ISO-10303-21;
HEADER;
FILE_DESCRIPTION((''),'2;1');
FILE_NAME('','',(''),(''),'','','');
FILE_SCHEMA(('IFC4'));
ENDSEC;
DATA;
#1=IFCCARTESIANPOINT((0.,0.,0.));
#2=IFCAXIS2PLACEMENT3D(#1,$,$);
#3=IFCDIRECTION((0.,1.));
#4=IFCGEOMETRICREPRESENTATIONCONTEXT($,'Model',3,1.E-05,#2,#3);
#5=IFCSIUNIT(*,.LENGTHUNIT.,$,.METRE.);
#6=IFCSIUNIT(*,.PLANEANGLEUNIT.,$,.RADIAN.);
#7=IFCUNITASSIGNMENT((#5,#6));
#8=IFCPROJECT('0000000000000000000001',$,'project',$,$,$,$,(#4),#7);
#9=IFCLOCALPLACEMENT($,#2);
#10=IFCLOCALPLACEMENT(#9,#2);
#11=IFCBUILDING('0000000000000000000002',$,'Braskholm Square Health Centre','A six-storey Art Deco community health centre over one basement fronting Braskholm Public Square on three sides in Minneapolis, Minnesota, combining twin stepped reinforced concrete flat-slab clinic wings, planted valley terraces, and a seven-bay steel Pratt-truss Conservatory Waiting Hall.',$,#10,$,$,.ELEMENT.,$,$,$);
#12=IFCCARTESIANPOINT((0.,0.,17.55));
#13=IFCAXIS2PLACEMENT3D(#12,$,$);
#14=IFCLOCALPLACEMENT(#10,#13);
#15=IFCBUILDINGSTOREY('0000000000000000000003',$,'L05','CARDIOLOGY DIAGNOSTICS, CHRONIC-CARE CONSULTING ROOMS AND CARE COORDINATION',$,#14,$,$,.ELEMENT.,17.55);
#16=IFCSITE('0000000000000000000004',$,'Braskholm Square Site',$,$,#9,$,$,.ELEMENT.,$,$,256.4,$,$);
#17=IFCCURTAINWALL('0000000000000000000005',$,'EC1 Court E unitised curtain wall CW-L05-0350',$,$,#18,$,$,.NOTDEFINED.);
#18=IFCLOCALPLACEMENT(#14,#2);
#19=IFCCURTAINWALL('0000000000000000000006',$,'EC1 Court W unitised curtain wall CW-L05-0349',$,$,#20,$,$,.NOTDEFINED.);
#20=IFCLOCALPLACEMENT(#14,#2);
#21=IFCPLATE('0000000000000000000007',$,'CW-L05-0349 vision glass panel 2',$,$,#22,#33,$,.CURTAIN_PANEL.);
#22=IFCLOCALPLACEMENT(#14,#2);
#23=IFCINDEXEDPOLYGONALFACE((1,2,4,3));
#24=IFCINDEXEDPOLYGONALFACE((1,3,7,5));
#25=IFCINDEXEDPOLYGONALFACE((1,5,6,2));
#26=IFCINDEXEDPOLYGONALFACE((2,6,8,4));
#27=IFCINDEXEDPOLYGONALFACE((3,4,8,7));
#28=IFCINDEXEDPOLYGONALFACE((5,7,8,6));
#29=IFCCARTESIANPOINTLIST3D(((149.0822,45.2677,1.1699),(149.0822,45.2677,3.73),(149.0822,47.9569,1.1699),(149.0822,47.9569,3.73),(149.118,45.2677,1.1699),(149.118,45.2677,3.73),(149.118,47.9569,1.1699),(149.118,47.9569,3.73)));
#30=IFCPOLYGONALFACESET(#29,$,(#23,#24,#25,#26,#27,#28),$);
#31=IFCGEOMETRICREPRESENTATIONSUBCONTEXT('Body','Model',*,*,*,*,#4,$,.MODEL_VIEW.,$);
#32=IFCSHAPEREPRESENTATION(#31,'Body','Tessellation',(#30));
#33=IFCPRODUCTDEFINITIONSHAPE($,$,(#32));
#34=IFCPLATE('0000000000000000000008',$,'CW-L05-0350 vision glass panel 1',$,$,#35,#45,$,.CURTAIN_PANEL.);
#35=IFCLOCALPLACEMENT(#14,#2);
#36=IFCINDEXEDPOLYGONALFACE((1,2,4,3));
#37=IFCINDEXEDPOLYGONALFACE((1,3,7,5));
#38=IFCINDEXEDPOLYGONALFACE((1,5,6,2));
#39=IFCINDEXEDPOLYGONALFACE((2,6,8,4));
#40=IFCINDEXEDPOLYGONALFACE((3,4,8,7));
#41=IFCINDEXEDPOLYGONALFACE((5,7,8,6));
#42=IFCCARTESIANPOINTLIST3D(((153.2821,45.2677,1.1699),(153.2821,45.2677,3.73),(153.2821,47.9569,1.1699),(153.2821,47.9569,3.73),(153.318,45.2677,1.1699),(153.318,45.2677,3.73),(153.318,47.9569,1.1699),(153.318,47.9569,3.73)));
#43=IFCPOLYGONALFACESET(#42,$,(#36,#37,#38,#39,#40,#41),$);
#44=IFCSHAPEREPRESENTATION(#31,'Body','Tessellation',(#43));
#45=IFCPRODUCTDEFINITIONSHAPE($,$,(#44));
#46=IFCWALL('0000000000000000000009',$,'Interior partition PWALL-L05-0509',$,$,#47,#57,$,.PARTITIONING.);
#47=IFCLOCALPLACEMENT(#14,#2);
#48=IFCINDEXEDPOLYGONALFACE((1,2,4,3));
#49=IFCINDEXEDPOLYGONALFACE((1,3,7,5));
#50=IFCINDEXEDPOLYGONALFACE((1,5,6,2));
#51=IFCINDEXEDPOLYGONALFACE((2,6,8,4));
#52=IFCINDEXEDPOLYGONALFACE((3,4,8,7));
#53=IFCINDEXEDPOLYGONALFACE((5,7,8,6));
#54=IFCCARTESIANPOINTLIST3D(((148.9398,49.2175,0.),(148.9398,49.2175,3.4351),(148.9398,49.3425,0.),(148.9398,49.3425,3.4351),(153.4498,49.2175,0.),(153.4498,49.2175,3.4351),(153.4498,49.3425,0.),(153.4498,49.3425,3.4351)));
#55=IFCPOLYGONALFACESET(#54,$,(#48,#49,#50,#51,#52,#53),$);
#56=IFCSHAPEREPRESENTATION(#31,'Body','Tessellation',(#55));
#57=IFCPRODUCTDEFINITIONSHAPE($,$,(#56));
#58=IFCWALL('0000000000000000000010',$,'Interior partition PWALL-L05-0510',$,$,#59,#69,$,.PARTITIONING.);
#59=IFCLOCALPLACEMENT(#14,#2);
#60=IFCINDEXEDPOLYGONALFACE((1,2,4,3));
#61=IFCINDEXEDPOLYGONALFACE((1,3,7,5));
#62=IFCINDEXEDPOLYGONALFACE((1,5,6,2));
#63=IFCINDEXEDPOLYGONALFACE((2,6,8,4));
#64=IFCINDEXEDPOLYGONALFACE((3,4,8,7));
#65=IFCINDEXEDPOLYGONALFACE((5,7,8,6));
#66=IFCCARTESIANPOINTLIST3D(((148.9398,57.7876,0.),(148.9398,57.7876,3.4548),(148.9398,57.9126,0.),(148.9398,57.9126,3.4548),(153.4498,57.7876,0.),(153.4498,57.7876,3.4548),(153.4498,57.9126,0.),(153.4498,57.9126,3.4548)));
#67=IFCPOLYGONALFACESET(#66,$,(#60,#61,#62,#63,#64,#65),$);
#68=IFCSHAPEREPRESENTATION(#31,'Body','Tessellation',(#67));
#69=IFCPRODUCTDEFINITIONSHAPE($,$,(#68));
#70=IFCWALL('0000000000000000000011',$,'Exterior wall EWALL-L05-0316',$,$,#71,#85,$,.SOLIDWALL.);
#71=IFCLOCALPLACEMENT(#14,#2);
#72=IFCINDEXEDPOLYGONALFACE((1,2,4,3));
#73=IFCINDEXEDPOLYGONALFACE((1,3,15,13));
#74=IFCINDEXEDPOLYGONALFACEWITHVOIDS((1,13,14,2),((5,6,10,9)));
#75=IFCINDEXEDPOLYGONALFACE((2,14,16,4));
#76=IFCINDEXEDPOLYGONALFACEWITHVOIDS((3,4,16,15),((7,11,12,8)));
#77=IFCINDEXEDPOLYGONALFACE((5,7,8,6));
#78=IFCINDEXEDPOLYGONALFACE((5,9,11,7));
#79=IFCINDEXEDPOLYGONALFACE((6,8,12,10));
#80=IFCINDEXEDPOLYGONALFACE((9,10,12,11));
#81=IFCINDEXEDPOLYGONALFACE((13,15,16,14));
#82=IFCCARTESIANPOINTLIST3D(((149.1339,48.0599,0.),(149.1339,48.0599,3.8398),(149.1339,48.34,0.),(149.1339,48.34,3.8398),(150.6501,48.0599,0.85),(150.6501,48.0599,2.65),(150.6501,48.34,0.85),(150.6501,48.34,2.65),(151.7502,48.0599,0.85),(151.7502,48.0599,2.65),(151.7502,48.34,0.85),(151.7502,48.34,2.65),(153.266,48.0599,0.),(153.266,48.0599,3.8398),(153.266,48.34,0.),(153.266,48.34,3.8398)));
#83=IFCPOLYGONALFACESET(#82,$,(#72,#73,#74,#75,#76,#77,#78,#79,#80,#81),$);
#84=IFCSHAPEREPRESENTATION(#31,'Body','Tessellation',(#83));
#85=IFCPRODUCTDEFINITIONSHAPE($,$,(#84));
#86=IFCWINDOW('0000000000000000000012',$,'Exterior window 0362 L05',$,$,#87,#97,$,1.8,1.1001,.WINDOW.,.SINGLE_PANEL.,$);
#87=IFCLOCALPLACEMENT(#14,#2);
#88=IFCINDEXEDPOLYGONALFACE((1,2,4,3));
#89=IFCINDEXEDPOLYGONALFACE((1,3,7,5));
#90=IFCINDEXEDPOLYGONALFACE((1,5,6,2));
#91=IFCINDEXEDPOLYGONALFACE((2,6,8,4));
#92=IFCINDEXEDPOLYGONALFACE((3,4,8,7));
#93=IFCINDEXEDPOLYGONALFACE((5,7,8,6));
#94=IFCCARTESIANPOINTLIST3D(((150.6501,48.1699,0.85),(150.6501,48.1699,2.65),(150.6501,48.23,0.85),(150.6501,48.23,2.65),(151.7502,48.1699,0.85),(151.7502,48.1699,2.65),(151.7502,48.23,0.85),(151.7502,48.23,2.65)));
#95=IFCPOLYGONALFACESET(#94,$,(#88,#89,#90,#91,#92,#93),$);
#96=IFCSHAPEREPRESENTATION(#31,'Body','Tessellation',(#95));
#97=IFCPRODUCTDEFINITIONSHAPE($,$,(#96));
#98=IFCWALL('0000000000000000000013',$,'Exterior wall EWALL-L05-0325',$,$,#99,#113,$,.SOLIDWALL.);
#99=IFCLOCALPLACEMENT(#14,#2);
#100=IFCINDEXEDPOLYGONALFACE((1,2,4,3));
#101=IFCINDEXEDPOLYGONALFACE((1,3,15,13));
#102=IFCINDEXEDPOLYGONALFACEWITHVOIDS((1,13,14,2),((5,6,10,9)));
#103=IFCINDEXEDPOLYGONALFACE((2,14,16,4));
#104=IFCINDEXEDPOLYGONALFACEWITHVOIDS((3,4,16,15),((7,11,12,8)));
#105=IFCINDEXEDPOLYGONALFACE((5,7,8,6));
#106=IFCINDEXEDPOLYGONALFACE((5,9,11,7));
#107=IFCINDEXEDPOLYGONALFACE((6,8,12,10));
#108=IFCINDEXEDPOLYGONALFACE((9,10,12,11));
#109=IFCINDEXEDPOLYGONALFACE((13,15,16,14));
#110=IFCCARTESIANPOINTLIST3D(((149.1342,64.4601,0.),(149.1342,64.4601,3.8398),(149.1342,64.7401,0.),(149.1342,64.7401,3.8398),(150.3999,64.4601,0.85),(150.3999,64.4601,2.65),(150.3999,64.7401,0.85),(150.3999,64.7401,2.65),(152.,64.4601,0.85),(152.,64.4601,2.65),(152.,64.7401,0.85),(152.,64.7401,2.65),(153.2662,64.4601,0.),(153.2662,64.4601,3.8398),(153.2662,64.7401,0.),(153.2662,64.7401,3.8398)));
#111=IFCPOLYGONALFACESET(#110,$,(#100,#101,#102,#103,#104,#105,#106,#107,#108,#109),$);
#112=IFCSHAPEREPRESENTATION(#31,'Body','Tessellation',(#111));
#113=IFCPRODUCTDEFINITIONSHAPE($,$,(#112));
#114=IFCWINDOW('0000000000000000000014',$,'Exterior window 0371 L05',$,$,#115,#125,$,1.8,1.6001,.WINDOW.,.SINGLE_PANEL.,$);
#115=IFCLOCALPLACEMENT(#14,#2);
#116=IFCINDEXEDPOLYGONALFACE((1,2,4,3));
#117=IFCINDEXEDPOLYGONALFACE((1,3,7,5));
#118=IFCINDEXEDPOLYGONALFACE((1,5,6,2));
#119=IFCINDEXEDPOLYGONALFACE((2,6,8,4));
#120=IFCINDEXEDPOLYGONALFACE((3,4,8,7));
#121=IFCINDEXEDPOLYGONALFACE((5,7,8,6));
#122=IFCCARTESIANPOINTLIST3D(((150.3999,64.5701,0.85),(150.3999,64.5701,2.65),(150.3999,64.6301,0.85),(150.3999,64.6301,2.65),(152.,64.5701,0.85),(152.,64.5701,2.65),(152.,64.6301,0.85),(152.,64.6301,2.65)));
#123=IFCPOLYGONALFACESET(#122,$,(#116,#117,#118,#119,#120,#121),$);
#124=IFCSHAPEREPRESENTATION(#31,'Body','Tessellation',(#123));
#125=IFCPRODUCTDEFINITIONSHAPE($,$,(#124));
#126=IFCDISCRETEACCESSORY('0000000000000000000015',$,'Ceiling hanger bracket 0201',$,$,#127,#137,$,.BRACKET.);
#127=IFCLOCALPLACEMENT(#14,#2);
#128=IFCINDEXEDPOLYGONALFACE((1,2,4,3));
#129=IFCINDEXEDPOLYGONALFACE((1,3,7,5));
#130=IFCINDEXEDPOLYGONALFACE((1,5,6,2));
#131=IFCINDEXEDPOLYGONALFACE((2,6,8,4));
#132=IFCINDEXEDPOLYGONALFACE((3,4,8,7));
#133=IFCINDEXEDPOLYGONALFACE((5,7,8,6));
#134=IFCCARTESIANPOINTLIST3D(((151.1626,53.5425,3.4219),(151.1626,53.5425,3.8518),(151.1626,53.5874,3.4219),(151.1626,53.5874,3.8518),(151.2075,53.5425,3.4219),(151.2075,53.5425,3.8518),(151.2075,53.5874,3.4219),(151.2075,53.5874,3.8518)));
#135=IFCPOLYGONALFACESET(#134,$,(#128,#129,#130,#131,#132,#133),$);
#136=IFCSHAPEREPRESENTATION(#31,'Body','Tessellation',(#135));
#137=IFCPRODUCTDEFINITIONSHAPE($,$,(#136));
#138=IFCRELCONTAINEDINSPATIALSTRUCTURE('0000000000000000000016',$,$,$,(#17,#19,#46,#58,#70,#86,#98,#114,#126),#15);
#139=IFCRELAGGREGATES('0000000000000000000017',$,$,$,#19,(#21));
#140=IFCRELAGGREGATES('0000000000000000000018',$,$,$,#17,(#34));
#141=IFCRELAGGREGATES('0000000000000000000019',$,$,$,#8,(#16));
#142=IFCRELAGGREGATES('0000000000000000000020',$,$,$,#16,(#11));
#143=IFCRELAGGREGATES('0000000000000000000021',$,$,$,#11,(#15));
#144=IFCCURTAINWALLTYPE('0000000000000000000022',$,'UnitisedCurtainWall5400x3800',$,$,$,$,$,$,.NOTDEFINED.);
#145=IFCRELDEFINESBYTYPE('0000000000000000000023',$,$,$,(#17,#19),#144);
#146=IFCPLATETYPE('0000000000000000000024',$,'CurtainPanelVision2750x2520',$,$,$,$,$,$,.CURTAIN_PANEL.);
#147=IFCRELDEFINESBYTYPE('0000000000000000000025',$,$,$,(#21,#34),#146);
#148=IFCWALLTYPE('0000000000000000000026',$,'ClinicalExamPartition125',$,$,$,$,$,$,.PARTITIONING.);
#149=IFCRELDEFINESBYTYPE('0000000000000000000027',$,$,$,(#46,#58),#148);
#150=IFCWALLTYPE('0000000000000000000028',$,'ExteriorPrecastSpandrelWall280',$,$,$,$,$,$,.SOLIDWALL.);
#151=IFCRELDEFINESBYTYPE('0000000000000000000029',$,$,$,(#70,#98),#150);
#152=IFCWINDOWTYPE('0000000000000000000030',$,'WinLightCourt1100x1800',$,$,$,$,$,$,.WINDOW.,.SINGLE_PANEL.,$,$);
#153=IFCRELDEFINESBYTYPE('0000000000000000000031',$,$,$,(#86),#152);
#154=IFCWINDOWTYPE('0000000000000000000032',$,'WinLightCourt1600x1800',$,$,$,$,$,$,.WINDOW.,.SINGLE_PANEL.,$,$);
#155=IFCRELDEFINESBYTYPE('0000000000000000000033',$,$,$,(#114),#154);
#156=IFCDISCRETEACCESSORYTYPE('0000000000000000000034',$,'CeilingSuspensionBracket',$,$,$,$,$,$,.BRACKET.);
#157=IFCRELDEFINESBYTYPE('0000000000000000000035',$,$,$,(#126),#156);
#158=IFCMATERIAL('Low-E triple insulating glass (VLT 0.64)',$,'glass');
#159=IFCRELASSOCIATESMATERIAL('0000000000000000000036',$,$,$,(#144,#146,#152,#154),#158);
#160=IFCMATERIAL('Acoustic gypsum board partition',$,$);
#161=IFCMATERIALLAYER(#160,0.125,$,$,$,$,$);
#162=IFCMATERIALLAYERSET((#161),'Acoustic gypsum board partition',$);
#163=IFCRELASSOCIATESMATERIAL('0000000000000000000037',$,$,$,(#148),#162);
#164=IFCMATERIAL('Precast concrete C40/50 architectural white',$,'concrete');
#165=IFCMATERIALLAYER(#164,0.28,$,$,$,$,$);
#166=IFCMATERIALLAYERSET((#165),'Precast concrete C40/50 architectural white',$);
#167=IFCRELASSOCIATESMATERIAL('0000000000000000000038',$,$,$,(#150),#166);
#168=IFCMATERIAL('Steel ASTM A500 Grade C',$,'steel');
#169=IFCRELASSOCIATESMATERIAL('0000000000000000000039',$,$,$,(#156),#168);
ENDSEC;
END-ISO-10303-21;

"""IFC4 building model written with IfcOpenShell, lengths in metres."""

from ifc_helpers import new_model, si_unit, direction, frame, frame_2d, origin, origin_with_axes, origin_2d, place, context, subcontext, project, spatial, rectangle, extrude, material, layer, layer_set, type_object, element, fill, aggregate, save


model = new_model("IFC4")

# Units and contexts
model_context = context("Model", 3, precision=1e-05, world=origin(), true_north=direction((0.0, 1.0)))
body_context = subcontext(model_context, "Body", "Model", "MODEL_VIEW")
ifc_project = project(units=[si_unit("LENGTHUNIT", "METRE"), si_unit("PLANEANGLEUNIT", "RADIAN")], contexts=[model_context])

# Site, building, storey
site_placement = place(None, origin())
site = spatial("IfcSite", under=ifc_project, at=site_placement, Name="Braskholm Square Site", CompositionType="ELEMENT", RefElevation=256.4)
building_placement = place(site_placement, origin())
building = spatial("IfcBuilding", under=site, at=building_placement, Name="Braskholm Square Health Centre", Description="A six-storey Art Deco community health centre over one basement fronting Braskholm Public Square on three sides in Minneapolis, Minnesota, combining twin stepped reinforced concrete flat-slab clinic wings, planted valley terraces, and a seven-bay steel Pratt-truss Conservatory Waiting Hall.", CompositionType="ELEMENT")
storey_placement = place(building_placement, frame((0.0, 0.0, 17.55)))
storey = spatial("IfcBuildingStorey", under=building, at=storey_placement, Name="L05", Description="CARDIOLOGY DIAGNOSTICS, CHRONIC-CARE CONSULTING ROOMS AND CARE COORDINATION", CompositionType="ELEMENT", Elevation=17.55)

# Curtain wall
ifc_material_1 = material(Name="Low-E triple insulating glass (VLT 0.64)", Category="glass")
curtain_wall_type_1 = type_object("IfcCurtainWallType", Name="UnitisedCurtainWall5400x3800", PredefinedType="NOTDEFINED", material=ifc_material_1)
curtain_wall_1_placement = place(storey_placement, origin())
curtain_wall_1 = element("IfcCurtainWall", 1, at=curtain_wall_1_placement, inside=storey, type_object=curtain_wall_type_1, Name="EC1 Court E unitised curtain wall CW-L05-0350", PredefinedType="NOTDEFINED")

# Curtain wall
curtain_wall_2_placement = place(storey_placement, origin())
curtain_wall_2 = element("IfcCurtainWall", 2, at=curtain_wall_2_placement, inside=storey, type_object=curtain_wall_type_1, Name="EC1 Court W unitised curtain wall CW-L05-0349", PredefinedType="NOTDEFINED")

# Plates
plate_type_1 = type_object("IfcPlateType", Name="CurtainPanelVision2750x2520", PredefinedType="CURTAIN_PANEL", material=ifc_material_1)
plate_1_placement = place(storey_placement, frame((149.1001, 46.6123, 1.1699), z_axis=(0.0, 0.0, 1.0), x_axis=(0.0, 1.0, 0.0)))
plate_1 = element("IfcPlate", 3, at=plate_1_placement, type_object=plate_type_1, Name="CW-L05-0349 vision glass panel 2", PredefinedType="CURTAIN_PANEL", context=body_context, shape_type="SweptSolid", body=[
    extrude(rectangle(XDim=2.6892, YDim=0.0359, at=origin_2d()), origin(), (0.0, 0.0, 1.0), 2.5601),
])
aggregate(curtain_wall_2, [plate_1])
plate_2_placement = place(storey_placement, frame((153.3, 46.6123, 1.1699), z_axis=(0.0, 0.0, 1.0), x_axis=(0.0, -1.0, 0.0)))
plate_2 = element("IfcPlate", 4, at=plate_2_placement, type_object=plate_type_1, Name="CW-L05-0350 vision glass panel 1", PredefinedType="CURTAIN_PANEL", context=body_context, shape_type="SweptSolid", body=[
    extrude(rectangle(XDim=2.6892, YDim=0.0359, at=origin_2d()), origin(), (0.0, 0.0, 1.0), 2.5601),
])
aggregate(curtain_wall_1, [plate_2])

# Walls
ifc_material_2 = material(Name="Acoustic gypsum board partition")
ifc_layer_1 = layer(ifc_material_2, 0.125)
ifc_layer_set_1 = layer_set([ifc_layer_1], Name="Acoustic gypsum board partition")
wall_type_1 = type_object("IfcWallType", Name="ClinicalExamPartition125", PredefinedType="PARTITIONING", material=ifc_layer_set_1)
wall_1_placement = place(storey_placement, frame((148.9399, 49.28, 0.0), z_axis=(0.0, 0.0, 1.0), x_axis=(1.0, 0.0, 0.0)))
element("IfcWall", 5, at=wall_1_placement, inside=storey, type_object=wall_type_1, Name="Interior partition PWALL-L05-0509", PredefinedType="PARTITIONING", context=body_context, shape_type="SweptSolid", body=[
    extrude(rectangle(XDim=4.51, YDim=0.125, at=frame_2d((2.2549, 0.0))), origin(), (0.0, 0.0, 1.0), 3.4351),
])
wall_2_placement = place(storey_placement, frame((148.9399, 57.8501, 0.0), z_axis=(0.0, 0.0, 1.0), x_axis=(1.0, 0.0, 0.0)))
element("IfcWall", 6, at=wall_2_placement, inside=storey, type_object=wall_type_1, Name="Interior partition PWALL-L05-0510", PredefinedType="PARTITIONING", context=body_context, shape_type="SweptSolid", body=[
    extrude(rectangle(XDim=4.51, YDim=0.125, at=frame_2d((2.2549, 0.0))), origin(), (0.0, 0.0, 1.0), 3.4548),
])

# Walls, openings, windows
ifc_material_3 = material(Name="Precast concrete C40/50 architectural white", Category="concrete")
ifc_layer_2 = layer(ifc_material_3, 0.28)
ifc_layer_set_2 = layer_set([ifc_layer_2], Name="Precast concrete C40/50 architectural white")
wall_type_2 = type_object("IfcWallType", Name="ExteriorPrecastSpandrelWall280", PredefinedType="SOLIDWALL", material=ifc_layer_set_2)
wall_3_placement = place(storey_placement, frame((149.134, 48.2, 0.0), z_axis=(0.0, 0.0, 1.0), x_axis=(1.0, 0.0, 0.0)))
wall_3 = element("IfcWall", 7, at=wall_3_placement, inside=storey, type_object=wall_type_2, Name="Exterior wall EWALL-L05-0316", PredefinedType="SOLIDWALL", context=body_context, shape_type="SweptSolid", body=[
    extrude(rectangle(XDim=4.1321, YDim=0.28, at=frame_2d((2.0659, 0.0))), origin(), (0.0, 0.0, 1.0), 3.8398),
])
opening_1_placement = place(wall_3_placement, frame((1.5161, 0.0, 0.8501)))
opening_1 = element("IfcOpeningElement", 8, at=opening_1_placement, cuts=wall_3, PredefinedType="OPENING", context=body_context, shape_type="SweptSolid", body=[
    extrude(rectangle(XDim=1.1001, YDim=1.8, at=frame_2d((0.55, 0.8999))), frame((0.0, 0.1499, 0.0), z_axis=(0.0, -1.0, 0.0), x_axis=(1.0, 0.0, 0.0)), (0.0, 0.0, 1.0), 0.3),
])
window_type_1 = type_object("IfcWindowType", Name="WinLightCourt1100x1800", PartitioningType="SINGLE_PANEL", PredefinedType="WINDOW", material=ifc_material_1)
window_1_placement = place(opening_1_placement, origin_with_axes())
window_1 = element("IfcWindow", 9, at=window_1_placement, inside=storey, type_object=window_type_1, Name="Exterior window 0362 L05", OverallHeight=1.8, OverallWidth=1.1001, PartitioningType="SINGLE_PANEL", PredefinedType="WINDOW", context=body_context, shape_type="SweptSolid", body=[
    extrude(rectangle(XDim=1.1001, YDim=1.8, at=frame_2d((0.55, 0.8999))), frame((0.0, 0.03, 0.0), z_axis=(0.0, -1.0, 0.0), x_axis=(1.0, 0.0, 0.0)), (0.0, 0.0, 1.0), 0.0601),
])
fill(opening_1, window_1)
wall_4_placement = place(storey_placement, frame((153.2661, 64.6001, 0.0), z_axis=(0.0, 0.0, 1.0), x_axis=(-1.0, 0.0, 0.0)))
wall_4 = element("IfcWall", 10, at=wall_4_placement, inside=storey, type_object=wall_type_2, Name="Exterior wall EWALL-L05-0325", PredefinedType="SOLIDWALL", context=body_context, shape_type="SweptSolid", body=[
    extrude(rectangle(XDim=4.1321, YDim=0.28, at=frame_2d((2.0659, 0.0))), origin(), (0.0, 0.0, 1.0), 3.8398),
])
opening_2_placement = place(wall_4_placement, frame((1.2661, 0.0, 0.8501)))
opening_2 = element("IfcOpeningElement", 11, at=opening_2_placement, cuts=wall_4, PredefinedType="OPENING", context=body_context, shape_type="SweptSolid", body=[
    extrude(rectangle(XDim=1.6001, YDim=1.8, at=frame_2d((0.8, 0.8999))), frame((0.0, 0.1499, 0.0), z_axis=(0.0, -1.0, 0.0), x_axis=(1.0, 0.0, 0.0)), (0.0, 0.0, 1.0), 0.3),
])
window_type_2 = type_object("IfcWindowType", Name="WinLightCourt1600x1800", PartitioningType="SINGLE_PANEL", PredefinedType="WINDOW", material=ifc_material_1)
window_2_placement = place(opening_2_placement, origin_with_axes())
window_2 = element("IfcWindow", 12, at=window_2_placement, inside=storey, type_object=window_type_2, Name="Exterior window 0371 L05", OverallHeight=1.8, OverallWidth=1.6001, PartitioningType="SINGLE_PANEL", PredefinedType="WINDOW", context=body_context, shape_type="SweptSolid", body=[
    extrude(rectangle(XDim=1.6001, YDim=1.8, at=frame_2d((0.8, 0.8999))), frame((0.0, 0.03, 0.0), z_axis=(0.0, -1.0, 0.0), x_axis=(1.0, 0.0, 0.0)), (0.0, 0.0, 1.0), 0.0601),
])
fill(opening_2, window_2)

# Discrete accessory
ifc_material_4 = material(Name="Steel ASTM A500 Grade C", Category="steel")
discrete_accessory_type = type_object("IfcDiscreteAccessoryType", Name="CeilingSuspensionBracket", PredefinedType="BRACKET", material=ifc_material_4)
discrete_accessory_placement = place(storey_placement, frame((151.1851, 53.5649, 3.4219), z_axis=(0.0, 0.0, 1.0), x_axis=(1.0, 0.0, 0.0)))
element("IfcDiscreteAccessory", 13, at=discrete_accessory_placement, inside=storey, type_object=discrete_accessory_type, Name="Ceiling hanger bracket 0201", PredefinedType="BRACKET", context=body_context, shape_type="SweptSolid", body=[
    extrude(rectangle(XDim=0.0449, YDim=0.0449, at=origin_2d()), origin(), (0.0, 0.0, 1.0), 0.4299),
])

save(model, "model.ifc")
